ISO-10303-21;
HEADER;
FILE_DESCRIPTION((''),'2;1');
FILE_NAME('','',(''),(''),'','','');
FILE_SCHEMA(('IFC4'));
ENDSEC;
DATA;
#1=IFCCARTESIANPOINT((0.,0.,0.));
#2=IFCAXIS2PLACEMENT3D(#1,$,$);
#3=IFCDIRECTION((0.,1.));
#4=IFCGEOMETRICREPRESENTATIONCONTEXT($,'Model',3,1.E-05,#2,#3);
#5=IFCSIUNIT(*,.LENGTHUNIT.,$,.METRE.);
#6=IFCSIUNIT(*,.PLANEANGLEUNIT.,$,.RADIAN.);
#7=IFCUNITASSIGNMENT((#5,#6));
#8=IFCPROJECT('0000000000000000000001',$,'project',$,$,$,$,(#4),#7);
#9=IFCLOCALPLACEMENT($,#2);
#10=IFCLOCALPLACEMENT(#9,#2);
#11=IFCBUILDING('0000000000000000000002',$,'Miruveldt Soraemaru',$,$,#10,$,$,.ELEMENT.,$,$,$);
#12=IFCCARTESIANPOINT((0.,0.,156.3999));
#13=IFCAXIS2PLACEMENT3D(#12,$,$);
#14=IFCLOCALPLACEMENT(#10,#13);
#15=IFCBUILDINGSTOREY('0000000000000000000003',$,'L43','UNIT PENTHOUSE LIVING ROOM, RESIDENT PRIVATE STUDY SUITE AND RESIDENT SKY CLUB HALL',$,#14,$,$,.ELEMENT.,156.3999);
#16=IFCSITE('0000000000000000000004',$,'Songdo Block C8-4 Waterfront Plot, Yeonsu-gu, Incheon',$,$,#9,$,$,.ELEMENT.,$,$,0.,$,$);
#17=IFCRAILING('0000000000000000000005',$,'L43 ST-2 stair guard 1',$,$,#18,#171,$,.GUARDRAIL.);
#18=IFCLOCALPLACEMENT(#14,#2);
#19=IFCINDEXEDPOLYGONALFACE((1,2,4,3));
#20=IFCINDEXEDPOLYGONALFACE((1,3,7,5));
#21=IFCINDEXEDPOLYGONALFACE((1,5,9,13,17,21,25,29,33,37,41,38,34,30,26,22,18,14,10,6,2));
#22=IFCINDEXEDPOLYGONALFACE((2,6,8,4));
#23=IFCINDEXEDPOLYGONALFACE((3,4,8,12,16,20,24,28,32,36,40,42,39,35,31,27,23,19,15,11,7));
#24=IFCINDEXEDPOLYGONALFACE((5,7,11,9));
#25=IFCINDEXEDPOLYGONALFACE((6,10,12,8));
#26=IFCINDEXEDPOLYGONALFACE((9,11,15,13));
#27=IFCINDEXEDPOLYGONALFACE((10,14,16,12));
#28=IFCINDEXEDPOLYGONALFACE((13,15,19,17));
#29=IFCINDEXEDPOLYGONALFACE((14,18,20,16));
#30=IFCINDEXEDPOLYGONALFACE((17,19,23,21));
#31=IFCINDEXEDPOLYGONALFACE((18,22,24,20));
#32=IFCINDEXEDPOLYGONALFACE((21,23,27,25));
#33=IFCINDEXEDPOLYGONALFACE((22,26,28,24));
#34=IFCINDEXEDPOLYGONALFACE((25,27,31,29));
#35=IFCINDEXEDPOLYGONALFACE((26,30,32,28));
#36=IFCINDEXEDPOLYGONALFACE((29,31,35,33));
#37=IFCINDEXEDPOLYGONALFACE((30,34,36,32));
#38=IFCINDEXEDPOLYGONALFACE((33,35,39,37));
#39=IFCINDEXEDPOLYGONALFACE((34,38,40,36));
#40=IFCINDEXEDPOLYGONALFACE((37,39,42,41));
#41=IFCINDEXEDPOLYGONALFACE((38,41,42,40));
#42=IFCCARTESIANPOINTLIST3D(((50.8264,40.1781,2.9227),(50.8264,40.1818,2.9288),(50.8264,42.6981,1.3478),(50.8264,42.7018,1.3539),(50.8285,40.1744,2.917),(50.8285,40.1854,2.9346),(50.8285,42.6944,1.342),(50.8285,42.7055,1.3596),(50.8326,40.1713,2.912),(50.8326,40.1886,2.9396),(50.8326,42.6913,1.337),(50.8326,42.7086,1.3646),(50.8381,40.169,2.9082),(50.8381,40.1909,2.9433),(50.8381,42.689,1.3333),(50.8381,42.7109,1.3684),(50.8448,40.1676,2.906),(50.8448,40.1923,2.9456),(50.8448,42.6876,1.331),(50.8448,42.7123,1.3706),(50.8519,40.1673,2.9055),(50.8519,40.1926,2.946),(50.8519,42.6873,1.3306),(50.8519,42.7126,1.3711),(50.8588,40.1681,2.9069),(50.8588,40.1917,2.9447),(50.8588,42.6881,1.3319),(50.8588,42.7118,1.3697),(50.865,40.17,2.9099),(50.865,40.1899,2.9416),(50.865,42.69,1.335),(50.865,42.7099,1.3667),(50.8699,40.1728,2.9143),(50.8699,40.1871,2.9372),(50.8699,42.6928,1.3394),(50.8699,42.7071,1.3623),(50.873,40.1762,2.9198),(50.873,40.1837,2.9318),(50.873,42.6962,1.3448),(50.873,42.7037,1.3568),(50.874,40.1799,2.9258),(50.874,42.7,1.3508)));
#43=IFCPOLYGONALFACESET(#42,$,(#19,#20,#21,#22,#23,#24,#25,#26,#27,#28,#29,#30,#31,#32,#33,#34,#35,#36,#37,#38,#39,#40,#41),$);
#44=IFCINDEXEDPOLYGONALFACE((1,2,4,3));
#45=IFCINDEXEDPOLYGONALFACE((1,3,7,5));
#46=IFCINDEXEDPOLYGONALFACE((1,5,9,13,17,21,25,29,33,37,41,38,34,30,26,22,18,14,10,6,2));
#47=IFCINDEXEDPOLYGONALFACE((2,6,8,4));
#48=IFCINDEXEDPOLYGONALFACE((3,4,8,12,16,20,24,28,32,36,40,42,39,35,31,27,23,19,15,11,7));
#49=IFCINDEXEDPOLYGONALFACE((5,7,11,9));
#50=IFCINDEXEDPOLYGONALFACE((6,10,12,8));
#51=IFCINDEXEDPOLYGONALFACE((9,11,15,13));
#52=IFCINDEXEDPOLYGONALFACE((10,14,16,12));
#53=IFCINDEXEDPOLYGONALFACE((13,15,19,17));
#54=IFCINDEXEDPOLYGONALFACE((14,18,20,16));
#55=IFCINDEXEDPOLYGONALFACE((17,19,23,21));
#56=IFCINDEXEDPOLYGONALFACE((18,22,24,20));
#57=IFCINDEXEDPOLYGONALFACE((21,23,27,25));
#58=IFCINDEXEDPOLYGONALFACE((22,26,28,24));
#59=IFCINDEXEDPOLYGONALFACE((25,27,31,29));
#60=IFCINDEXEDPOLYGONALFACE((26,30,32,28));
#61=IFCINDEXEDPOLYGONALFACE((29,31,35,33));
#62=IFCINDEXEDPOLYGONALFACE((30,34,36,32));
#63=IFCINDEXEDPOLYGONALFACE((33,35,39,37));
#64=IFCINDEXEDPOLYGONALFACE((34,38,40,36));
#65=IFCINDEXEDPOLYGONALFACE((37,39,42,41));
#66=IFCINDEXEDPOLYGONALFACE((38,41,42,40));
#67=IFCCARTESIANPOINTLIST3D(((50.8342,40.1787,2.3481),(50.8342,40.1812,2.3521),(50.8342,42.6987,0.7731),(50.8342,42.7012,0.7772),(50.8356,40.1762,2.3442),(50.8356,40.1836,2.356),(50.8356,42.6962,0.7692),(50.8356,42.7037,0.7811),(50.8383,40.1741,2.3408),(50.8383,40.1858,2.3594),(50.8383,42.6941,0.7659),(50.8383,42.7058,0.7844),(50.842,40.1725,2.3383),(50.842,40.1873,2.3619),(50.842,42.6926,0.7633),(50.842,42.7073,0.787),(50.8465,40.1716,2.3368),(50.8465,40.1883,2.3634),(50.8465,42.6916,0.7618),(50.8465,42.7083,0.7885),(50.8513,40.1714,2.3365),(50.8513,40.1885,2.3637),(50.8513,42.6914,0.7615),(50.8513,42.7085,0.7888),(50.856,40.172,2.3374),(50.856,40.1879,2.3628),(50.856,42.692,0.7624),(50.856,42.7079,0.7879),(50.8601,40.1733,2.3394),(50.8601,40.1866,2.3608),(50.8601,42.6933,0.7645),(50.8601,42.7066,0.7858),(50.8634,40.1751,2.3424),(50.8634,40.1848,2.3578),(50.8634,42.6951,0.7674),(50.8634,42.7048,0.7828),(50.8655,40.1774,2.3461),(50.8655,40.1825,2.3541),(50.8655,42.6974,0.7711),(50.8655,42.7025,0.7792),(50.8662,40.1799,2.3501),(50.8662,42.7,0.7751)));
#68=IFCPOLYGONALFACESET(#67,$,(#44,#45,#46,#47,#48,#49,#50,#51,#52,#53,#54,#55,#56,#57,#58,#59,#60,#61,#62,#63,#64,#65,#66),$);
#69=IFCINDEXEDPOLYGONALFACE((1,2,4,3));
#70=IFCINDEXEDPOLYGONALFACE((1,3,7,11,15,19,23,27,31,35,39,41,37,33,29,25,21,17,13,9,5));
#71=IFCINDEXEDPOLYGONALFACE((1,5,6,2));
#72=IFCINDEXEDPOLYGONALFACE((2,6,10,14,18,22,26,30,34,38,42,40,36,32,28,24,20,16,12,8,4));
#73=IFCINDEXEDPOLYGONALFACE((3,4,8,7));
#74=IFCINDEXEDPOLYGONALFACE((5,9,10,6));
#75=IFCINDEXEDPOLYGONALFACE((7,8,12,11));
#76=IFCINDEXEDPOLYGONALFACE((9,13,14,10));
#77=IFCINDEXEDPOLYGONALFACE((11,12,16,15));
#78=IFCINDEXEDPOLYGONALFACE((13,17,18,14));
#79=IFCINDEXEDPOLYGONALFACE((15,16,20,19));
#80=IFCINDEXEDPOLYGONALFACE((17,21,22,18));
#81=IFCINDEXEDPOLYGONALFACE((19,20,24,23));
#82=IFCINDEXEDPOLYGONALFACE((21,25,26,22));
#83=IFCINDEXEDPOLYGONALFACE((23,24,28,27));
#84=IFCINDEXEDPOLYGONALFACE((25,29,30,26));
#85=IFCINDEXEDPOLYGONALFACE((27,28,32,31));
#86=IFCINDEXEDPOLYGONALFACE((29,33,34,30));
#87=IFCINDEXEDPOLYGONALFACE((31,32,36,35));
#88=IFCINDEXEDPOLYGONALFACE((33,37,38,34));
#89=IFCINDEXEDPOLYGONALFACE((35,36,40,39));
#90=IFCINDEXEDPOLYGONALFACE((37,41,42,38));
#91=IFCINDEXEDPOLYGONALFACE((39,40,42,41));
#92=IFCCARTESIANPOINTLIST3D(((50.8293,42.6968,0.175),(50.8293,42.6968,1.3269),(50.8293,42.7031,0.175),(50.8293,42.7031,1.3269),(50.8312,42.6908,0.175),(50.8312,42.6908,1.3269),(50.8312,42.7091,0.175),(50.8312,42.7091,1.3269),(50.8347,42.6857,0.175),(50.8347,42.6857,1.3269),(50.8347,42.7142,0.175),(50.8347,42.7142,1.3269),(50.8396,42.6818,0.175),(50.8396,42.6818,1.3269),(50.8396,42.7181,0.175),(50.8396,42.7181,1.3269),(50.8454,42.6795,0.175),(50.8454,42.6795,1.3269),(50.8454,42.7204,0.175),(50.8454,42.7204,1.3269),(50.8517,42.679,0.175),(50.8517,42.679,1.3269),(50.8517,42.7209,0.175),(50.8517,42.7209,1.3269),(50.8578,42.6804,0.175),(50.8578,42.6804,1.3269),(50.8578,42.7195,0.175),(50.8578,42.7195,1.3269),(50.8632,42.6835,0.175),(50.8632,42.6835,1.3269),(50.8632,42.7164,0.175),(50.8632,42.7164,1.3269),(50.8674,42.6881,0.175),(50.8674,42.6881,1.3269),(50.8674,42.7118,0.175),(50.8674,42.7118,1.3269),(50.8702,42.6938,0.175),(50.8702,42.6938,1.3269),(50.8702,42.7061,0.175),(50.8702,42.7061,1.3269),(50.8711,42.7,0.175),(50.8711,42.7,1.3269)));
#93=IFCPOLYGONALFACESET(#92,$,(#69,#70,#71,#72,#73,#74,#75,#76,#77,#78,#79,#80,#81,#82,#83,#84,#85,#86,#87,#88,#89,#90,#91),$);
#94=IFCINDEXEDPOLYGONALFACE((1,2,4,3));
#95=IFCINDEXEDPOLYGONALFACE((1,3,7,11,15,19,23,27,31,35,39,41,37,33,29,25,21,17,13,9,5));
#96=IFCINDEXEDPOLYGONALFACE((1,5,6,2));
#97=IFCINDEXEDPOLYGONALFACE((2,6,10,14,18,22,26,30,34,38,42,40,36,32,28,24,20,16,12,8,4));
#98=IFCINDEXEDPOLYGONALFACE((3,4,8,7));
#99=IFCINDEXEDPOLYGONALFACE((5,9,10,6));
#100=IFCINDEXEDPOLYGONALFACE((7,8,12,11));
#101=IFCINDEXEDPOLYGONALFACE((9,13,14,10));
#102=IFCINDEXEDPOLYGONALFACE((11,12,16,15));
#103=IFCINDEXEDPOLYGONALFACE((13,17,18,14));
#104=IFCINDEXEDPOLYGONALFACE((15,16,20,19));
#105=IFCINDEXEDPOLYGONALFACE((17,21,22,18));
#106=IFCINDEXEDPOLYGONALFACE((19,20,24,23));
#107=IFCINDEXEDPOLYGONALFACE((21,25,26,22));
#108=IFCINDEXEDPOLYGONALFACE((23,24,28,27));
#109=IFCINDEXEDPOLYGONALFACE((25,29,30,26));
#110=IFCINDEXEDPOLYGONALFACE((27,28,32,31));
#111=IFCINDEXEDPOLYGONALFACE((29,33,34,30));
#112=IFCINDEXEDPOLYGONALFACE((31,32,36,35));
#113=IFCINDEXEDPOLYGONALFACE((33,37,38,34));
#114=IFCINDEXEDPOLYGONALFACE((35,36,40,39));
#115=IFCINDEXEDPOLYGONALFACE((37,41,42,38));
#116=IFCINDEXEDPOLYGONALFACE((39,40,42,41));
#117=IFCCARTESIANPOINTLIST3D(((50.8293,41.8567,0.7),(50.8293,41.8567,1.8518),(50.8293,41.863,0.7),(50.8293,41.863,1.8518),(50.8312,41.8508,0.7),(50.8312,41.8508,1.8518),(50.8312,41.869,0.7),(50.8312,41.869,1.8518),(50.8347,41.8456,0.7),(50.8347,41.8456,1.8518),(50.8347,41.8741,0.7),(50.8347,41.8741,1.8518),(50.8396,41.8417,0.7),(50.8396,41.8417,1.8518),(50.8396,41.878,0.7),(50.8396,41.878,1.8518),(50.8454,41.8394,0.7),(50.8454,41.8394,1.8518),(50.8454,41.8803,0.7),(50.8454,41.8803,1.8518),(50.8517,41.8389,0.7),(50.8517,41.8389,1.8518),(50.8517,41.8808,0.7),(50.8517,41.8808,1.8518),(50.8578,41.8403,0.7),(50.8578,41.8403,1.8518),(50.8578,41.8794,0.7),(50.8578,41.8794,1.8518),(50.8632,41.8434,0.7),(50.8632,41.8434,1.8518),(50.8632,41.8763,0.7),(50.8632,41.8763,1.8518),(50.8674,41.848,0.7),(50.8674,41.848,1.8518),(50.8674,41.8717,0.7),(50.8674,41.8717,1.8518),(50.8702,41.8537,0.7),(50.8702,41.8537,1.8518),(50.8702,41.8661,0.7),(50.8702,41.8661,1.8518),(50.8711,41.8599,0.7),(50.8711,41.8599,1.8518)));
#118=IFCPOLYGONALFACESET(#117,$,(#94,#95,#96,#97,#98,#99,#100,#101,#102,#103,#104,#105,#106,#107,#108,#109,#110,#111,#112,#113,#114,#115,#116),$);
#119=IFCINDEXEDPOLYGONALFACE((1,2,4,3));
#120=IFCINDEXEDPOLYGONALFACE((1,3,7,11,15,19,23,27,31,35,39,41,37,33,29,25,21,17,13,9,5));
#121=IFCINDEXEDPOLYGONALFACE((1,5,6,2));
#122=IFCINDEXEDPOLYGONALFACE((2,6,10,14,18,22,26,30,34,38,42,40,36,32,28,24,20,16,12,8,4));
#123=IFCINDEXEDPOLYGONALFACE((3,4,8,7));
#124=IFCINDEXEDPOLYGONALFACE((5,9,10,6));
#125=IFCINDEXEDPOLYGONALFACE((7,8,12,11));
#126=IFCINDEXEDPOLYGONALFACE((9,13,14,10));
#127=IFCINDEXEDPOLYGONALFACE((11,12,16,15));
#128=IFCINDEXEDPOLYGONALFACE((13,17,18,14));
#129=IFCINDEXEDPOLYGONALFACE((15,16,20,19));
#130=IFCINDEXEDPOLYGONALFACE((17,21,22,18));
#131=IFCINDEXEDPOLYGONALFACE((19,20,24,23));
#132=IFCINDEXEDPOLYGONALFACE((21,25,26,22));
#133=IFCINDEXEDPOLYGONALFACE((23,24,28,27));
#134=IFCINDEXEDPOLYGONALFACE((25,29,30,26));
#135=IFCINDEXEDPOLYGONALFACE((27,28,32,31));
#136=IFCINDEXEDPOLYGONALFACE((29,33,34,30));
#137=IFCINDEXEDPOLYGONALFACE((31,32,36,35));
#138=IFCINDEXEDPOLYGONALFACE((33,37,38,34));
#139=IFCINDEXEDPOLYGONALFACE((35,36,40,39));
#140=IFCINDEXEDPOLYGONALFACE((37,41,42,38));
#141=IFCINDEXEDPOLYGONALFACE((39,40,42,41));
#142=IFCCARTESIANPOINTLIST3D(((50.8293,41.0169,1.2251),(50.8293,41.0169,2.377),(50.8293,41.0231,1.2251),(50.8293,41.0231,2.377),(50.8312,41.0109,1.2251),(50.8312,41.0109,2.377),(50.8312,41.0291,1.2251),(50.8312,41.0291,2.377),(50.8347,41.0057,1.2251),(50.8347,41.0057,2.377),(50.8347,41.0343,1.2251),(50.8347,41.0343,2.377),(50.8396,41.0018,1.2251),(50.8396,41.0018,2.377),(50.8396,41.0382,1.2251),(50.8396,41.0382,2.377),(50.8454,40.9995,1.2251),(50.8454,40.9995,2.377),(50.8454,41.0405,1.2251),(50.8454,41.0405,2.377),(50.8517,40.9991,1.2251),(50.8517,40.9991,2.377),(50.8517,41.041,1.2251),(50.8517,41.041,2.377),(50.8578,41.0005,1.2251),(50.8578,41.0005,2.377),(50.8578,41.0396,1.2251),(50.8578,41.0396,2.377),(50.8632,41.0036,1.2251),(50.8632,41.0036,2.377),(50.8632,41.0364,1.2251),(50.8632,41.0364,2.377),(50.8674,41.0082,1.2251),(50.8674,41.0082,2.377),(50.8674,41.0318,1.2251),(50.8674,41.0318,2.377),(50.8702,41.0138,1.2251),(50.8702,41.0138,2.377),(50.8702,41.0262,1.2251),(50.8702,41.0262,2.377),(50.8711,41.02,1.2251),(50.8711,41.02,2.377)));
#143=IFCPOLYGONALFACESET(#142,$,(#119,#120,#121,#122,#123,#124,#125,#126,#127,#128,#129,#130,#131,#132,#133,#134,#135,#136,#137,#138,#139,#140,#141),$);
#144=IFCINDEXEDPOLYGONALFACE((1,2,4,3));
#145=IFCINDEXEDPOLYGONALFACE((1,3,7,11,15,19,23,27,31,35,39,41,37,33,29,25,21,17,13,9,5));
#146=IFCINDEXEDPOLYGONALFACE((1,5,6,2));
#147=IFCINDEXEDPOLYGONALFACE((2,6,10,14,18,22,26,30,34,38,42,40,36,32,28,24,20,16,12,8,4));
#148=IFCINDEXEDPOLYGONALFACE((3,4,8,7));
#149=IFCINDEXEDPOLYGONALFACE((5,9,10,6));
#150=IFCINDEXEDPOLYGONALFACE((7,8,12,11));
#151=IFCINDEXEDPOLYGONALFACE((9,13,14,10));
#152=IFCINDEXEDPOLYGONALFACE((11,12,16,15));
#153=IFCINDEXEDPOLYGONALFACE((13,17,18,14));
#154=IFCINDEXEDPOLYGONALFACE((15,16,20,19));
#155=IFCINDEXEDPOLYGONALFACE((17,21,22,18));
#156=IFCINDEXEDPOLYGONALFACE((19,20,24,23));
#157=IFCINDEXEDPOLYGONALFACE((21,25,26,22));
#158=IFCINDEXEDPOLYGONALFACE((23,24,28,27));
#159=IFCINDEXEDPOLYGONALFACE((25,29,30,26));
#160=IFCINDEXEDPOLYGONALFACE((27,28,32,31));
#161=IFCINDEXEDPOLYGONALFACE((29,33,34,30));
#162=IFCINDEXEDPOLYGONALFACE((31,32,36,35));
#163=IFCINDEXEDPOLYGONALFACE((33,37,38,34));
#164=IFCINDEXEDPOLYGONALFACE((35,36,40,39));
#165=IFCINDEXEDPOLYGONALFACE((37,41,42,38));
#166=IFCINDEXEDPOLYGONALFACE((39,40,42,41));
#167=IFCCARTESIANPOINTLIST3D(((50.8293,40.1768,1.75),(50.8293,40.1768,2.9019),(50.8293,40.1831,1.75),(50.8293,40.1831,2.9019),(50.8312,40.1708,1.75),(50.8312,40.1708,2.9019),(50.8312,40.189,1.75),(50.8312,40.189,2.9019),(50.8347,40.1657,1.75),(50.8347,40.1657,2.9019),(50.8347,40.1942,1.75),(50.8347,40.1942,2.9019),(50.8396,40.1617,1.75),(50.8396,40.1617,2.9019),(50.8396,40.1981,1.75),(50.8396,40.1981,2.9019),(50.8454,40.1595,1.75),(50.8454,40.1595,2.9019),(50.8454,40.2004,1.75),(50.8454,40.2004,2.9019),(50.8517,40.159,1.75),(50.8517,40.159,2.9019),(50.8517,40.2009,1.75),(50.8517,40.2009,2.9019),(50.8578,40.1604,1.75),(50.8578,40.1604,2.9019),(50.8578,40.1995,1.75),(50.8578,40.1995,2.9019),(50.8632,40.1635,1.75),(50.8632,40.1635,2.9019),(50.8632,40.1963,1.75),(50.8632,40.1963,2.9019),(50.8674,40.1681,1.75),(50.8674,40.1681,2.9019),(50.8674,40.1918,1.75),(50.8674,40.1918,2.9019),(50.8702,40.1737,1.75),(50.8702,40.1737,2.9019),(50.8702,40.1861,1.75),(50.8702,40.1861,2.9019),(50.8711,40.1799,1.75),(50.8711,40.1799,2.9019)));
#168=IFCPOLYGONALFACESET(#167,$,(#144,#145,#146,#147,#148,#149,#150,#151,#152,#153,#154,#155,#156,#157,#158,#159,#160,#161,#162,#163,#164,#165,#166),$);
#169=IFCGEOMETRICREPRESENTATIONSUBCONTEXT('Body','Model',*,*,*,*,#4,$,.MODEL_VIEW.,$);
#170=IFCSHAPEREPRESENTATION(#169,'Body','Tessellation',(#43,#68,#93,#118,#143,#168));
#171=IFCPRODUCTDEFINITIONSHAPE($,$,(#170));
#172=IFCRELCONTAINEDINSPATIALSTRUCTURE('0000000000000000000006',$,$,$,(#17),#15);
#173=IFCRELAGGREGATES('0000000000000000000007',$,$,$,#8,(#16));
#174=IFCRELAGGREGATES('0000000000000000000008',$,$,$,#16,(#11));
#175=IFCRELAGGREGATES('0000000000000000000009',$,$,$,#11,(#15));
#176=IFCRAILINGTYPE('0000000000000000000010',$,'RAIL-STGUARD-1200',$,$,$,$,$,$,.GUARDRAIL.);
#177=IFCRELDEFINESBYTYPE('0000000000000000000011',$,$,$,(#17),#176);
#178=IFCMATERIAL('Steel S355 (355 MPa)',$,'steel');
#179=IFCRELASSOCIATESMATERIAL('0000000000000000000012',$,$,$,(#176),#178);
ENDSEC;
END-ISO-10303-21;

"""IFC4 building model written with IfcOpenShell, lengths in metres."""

from ifc_helpers import new_model, si_unit, direction, frame, origin, origin_2d, place, context, subcontext, project, spatial, circle, extrude, material, type_object, element, save


model = new_model("IFC4")

# Units and contexts
model_context = context("Model", 3, precision=1e-05, world=origin(), true_north=direction((0.0, 1.0)))
body_context = subcontext(model_context, "Body", "Model", "MODEL_VIEW")
ifc_project = project(units=[si_unit("LENGTHUNIT", "METRE"), si_unit("PLANEANGLEUNIT", "RADIAN")], contexts=[model_context])

# Site, building, storey
site_placement = place(None, origin())
site = spatial("IfcSite", under=ifc_project, at=site_placement, Name="Songdo Block C8-4 Waterfront Plot, Yeonsu-gu, Incheon", CompositionType="ELEMENT", RefElevation=0.0)
building_placement = place(site_placement, origin())
building = spatial("IfcBuilding", under=site, at=building_placement, Name="Miruveldt Soraemaru", CompositionType="ELEMENT")
storey_placement = place(building_placement, frame((0.0, 0.0, 156.3999)))
storey = spatial("IfcBuildingStorey", under=building, at=storey_placement, Name="L43", Description="UNIT PENTHOUSE LIVING ROOM, RESIDENT PRIVATE STUDY SUITE AND RESIDENT SKY CLUB HALL", CompositionType="ELEMENT", Elevation=156.3999)

# Railing
ifc_material_1 = material(Name="Steel S355 (355 MPa)", Category="steel")
railing_type_1 = type_object("IfcRailingType", Name="RAIL-STGUARD-1200", PredefinedType="GUARDRAIL", material=ifc_material_1)
railing_1_placement = place(storey_placement, frame((50.8501, 42.7, 0.175)))
element("IfcRailing", 1, at=railing_1_placement, inside=storey, type_object=railing_type_1, Name="L43 ST-2 stair guard 1", PredefinedType="GUARDRAIL", context=body_context, shape_type="SweptSolid", body=[
    extrude(circle(Radius=0.0239, at=origin_2d()), frame((0.0, 0.0, 1.1758), z_axis=(0.0, -0.848008, 0.529984), x_axis=(1.0, 0.0, 0.0)), (0.0, 0.0, 1.0), 2.9717),
    extrude(circle(Radius=0.0161, at=origin_2d()), frame((0.0, 0.0, 0.6001), z_axis=(0.0, -0.848008, 0.529984), x_axis=(1.0, 0.0, 0.0)), (0.0, 0.0, 1.0), 2.9717),
    extrude(circle(Radius=0.021, at=origin_2d()), origin(), (0.0, 0.0, 1.0), 1.1519),
    extrude(circle(Radius=0.021, at=origin_2d()), frame((0.0, -0.8401, 0.5249)), (0.0, 0.0, 1.0), 1.1519),
    extrude(circle(Radius=0.021, at=origin_2d()), frame((0.0, -1.6799, 1.05)), (0.0, 0.0, 1.0), 1.1519),
    extrude(circle(Radius=0.021, at=origin_2d()), frame((0.0, -2.52, 1.575)), (0.0, 0.0, 1.0), 1.1519),
])

save(model, "model.ifc")
